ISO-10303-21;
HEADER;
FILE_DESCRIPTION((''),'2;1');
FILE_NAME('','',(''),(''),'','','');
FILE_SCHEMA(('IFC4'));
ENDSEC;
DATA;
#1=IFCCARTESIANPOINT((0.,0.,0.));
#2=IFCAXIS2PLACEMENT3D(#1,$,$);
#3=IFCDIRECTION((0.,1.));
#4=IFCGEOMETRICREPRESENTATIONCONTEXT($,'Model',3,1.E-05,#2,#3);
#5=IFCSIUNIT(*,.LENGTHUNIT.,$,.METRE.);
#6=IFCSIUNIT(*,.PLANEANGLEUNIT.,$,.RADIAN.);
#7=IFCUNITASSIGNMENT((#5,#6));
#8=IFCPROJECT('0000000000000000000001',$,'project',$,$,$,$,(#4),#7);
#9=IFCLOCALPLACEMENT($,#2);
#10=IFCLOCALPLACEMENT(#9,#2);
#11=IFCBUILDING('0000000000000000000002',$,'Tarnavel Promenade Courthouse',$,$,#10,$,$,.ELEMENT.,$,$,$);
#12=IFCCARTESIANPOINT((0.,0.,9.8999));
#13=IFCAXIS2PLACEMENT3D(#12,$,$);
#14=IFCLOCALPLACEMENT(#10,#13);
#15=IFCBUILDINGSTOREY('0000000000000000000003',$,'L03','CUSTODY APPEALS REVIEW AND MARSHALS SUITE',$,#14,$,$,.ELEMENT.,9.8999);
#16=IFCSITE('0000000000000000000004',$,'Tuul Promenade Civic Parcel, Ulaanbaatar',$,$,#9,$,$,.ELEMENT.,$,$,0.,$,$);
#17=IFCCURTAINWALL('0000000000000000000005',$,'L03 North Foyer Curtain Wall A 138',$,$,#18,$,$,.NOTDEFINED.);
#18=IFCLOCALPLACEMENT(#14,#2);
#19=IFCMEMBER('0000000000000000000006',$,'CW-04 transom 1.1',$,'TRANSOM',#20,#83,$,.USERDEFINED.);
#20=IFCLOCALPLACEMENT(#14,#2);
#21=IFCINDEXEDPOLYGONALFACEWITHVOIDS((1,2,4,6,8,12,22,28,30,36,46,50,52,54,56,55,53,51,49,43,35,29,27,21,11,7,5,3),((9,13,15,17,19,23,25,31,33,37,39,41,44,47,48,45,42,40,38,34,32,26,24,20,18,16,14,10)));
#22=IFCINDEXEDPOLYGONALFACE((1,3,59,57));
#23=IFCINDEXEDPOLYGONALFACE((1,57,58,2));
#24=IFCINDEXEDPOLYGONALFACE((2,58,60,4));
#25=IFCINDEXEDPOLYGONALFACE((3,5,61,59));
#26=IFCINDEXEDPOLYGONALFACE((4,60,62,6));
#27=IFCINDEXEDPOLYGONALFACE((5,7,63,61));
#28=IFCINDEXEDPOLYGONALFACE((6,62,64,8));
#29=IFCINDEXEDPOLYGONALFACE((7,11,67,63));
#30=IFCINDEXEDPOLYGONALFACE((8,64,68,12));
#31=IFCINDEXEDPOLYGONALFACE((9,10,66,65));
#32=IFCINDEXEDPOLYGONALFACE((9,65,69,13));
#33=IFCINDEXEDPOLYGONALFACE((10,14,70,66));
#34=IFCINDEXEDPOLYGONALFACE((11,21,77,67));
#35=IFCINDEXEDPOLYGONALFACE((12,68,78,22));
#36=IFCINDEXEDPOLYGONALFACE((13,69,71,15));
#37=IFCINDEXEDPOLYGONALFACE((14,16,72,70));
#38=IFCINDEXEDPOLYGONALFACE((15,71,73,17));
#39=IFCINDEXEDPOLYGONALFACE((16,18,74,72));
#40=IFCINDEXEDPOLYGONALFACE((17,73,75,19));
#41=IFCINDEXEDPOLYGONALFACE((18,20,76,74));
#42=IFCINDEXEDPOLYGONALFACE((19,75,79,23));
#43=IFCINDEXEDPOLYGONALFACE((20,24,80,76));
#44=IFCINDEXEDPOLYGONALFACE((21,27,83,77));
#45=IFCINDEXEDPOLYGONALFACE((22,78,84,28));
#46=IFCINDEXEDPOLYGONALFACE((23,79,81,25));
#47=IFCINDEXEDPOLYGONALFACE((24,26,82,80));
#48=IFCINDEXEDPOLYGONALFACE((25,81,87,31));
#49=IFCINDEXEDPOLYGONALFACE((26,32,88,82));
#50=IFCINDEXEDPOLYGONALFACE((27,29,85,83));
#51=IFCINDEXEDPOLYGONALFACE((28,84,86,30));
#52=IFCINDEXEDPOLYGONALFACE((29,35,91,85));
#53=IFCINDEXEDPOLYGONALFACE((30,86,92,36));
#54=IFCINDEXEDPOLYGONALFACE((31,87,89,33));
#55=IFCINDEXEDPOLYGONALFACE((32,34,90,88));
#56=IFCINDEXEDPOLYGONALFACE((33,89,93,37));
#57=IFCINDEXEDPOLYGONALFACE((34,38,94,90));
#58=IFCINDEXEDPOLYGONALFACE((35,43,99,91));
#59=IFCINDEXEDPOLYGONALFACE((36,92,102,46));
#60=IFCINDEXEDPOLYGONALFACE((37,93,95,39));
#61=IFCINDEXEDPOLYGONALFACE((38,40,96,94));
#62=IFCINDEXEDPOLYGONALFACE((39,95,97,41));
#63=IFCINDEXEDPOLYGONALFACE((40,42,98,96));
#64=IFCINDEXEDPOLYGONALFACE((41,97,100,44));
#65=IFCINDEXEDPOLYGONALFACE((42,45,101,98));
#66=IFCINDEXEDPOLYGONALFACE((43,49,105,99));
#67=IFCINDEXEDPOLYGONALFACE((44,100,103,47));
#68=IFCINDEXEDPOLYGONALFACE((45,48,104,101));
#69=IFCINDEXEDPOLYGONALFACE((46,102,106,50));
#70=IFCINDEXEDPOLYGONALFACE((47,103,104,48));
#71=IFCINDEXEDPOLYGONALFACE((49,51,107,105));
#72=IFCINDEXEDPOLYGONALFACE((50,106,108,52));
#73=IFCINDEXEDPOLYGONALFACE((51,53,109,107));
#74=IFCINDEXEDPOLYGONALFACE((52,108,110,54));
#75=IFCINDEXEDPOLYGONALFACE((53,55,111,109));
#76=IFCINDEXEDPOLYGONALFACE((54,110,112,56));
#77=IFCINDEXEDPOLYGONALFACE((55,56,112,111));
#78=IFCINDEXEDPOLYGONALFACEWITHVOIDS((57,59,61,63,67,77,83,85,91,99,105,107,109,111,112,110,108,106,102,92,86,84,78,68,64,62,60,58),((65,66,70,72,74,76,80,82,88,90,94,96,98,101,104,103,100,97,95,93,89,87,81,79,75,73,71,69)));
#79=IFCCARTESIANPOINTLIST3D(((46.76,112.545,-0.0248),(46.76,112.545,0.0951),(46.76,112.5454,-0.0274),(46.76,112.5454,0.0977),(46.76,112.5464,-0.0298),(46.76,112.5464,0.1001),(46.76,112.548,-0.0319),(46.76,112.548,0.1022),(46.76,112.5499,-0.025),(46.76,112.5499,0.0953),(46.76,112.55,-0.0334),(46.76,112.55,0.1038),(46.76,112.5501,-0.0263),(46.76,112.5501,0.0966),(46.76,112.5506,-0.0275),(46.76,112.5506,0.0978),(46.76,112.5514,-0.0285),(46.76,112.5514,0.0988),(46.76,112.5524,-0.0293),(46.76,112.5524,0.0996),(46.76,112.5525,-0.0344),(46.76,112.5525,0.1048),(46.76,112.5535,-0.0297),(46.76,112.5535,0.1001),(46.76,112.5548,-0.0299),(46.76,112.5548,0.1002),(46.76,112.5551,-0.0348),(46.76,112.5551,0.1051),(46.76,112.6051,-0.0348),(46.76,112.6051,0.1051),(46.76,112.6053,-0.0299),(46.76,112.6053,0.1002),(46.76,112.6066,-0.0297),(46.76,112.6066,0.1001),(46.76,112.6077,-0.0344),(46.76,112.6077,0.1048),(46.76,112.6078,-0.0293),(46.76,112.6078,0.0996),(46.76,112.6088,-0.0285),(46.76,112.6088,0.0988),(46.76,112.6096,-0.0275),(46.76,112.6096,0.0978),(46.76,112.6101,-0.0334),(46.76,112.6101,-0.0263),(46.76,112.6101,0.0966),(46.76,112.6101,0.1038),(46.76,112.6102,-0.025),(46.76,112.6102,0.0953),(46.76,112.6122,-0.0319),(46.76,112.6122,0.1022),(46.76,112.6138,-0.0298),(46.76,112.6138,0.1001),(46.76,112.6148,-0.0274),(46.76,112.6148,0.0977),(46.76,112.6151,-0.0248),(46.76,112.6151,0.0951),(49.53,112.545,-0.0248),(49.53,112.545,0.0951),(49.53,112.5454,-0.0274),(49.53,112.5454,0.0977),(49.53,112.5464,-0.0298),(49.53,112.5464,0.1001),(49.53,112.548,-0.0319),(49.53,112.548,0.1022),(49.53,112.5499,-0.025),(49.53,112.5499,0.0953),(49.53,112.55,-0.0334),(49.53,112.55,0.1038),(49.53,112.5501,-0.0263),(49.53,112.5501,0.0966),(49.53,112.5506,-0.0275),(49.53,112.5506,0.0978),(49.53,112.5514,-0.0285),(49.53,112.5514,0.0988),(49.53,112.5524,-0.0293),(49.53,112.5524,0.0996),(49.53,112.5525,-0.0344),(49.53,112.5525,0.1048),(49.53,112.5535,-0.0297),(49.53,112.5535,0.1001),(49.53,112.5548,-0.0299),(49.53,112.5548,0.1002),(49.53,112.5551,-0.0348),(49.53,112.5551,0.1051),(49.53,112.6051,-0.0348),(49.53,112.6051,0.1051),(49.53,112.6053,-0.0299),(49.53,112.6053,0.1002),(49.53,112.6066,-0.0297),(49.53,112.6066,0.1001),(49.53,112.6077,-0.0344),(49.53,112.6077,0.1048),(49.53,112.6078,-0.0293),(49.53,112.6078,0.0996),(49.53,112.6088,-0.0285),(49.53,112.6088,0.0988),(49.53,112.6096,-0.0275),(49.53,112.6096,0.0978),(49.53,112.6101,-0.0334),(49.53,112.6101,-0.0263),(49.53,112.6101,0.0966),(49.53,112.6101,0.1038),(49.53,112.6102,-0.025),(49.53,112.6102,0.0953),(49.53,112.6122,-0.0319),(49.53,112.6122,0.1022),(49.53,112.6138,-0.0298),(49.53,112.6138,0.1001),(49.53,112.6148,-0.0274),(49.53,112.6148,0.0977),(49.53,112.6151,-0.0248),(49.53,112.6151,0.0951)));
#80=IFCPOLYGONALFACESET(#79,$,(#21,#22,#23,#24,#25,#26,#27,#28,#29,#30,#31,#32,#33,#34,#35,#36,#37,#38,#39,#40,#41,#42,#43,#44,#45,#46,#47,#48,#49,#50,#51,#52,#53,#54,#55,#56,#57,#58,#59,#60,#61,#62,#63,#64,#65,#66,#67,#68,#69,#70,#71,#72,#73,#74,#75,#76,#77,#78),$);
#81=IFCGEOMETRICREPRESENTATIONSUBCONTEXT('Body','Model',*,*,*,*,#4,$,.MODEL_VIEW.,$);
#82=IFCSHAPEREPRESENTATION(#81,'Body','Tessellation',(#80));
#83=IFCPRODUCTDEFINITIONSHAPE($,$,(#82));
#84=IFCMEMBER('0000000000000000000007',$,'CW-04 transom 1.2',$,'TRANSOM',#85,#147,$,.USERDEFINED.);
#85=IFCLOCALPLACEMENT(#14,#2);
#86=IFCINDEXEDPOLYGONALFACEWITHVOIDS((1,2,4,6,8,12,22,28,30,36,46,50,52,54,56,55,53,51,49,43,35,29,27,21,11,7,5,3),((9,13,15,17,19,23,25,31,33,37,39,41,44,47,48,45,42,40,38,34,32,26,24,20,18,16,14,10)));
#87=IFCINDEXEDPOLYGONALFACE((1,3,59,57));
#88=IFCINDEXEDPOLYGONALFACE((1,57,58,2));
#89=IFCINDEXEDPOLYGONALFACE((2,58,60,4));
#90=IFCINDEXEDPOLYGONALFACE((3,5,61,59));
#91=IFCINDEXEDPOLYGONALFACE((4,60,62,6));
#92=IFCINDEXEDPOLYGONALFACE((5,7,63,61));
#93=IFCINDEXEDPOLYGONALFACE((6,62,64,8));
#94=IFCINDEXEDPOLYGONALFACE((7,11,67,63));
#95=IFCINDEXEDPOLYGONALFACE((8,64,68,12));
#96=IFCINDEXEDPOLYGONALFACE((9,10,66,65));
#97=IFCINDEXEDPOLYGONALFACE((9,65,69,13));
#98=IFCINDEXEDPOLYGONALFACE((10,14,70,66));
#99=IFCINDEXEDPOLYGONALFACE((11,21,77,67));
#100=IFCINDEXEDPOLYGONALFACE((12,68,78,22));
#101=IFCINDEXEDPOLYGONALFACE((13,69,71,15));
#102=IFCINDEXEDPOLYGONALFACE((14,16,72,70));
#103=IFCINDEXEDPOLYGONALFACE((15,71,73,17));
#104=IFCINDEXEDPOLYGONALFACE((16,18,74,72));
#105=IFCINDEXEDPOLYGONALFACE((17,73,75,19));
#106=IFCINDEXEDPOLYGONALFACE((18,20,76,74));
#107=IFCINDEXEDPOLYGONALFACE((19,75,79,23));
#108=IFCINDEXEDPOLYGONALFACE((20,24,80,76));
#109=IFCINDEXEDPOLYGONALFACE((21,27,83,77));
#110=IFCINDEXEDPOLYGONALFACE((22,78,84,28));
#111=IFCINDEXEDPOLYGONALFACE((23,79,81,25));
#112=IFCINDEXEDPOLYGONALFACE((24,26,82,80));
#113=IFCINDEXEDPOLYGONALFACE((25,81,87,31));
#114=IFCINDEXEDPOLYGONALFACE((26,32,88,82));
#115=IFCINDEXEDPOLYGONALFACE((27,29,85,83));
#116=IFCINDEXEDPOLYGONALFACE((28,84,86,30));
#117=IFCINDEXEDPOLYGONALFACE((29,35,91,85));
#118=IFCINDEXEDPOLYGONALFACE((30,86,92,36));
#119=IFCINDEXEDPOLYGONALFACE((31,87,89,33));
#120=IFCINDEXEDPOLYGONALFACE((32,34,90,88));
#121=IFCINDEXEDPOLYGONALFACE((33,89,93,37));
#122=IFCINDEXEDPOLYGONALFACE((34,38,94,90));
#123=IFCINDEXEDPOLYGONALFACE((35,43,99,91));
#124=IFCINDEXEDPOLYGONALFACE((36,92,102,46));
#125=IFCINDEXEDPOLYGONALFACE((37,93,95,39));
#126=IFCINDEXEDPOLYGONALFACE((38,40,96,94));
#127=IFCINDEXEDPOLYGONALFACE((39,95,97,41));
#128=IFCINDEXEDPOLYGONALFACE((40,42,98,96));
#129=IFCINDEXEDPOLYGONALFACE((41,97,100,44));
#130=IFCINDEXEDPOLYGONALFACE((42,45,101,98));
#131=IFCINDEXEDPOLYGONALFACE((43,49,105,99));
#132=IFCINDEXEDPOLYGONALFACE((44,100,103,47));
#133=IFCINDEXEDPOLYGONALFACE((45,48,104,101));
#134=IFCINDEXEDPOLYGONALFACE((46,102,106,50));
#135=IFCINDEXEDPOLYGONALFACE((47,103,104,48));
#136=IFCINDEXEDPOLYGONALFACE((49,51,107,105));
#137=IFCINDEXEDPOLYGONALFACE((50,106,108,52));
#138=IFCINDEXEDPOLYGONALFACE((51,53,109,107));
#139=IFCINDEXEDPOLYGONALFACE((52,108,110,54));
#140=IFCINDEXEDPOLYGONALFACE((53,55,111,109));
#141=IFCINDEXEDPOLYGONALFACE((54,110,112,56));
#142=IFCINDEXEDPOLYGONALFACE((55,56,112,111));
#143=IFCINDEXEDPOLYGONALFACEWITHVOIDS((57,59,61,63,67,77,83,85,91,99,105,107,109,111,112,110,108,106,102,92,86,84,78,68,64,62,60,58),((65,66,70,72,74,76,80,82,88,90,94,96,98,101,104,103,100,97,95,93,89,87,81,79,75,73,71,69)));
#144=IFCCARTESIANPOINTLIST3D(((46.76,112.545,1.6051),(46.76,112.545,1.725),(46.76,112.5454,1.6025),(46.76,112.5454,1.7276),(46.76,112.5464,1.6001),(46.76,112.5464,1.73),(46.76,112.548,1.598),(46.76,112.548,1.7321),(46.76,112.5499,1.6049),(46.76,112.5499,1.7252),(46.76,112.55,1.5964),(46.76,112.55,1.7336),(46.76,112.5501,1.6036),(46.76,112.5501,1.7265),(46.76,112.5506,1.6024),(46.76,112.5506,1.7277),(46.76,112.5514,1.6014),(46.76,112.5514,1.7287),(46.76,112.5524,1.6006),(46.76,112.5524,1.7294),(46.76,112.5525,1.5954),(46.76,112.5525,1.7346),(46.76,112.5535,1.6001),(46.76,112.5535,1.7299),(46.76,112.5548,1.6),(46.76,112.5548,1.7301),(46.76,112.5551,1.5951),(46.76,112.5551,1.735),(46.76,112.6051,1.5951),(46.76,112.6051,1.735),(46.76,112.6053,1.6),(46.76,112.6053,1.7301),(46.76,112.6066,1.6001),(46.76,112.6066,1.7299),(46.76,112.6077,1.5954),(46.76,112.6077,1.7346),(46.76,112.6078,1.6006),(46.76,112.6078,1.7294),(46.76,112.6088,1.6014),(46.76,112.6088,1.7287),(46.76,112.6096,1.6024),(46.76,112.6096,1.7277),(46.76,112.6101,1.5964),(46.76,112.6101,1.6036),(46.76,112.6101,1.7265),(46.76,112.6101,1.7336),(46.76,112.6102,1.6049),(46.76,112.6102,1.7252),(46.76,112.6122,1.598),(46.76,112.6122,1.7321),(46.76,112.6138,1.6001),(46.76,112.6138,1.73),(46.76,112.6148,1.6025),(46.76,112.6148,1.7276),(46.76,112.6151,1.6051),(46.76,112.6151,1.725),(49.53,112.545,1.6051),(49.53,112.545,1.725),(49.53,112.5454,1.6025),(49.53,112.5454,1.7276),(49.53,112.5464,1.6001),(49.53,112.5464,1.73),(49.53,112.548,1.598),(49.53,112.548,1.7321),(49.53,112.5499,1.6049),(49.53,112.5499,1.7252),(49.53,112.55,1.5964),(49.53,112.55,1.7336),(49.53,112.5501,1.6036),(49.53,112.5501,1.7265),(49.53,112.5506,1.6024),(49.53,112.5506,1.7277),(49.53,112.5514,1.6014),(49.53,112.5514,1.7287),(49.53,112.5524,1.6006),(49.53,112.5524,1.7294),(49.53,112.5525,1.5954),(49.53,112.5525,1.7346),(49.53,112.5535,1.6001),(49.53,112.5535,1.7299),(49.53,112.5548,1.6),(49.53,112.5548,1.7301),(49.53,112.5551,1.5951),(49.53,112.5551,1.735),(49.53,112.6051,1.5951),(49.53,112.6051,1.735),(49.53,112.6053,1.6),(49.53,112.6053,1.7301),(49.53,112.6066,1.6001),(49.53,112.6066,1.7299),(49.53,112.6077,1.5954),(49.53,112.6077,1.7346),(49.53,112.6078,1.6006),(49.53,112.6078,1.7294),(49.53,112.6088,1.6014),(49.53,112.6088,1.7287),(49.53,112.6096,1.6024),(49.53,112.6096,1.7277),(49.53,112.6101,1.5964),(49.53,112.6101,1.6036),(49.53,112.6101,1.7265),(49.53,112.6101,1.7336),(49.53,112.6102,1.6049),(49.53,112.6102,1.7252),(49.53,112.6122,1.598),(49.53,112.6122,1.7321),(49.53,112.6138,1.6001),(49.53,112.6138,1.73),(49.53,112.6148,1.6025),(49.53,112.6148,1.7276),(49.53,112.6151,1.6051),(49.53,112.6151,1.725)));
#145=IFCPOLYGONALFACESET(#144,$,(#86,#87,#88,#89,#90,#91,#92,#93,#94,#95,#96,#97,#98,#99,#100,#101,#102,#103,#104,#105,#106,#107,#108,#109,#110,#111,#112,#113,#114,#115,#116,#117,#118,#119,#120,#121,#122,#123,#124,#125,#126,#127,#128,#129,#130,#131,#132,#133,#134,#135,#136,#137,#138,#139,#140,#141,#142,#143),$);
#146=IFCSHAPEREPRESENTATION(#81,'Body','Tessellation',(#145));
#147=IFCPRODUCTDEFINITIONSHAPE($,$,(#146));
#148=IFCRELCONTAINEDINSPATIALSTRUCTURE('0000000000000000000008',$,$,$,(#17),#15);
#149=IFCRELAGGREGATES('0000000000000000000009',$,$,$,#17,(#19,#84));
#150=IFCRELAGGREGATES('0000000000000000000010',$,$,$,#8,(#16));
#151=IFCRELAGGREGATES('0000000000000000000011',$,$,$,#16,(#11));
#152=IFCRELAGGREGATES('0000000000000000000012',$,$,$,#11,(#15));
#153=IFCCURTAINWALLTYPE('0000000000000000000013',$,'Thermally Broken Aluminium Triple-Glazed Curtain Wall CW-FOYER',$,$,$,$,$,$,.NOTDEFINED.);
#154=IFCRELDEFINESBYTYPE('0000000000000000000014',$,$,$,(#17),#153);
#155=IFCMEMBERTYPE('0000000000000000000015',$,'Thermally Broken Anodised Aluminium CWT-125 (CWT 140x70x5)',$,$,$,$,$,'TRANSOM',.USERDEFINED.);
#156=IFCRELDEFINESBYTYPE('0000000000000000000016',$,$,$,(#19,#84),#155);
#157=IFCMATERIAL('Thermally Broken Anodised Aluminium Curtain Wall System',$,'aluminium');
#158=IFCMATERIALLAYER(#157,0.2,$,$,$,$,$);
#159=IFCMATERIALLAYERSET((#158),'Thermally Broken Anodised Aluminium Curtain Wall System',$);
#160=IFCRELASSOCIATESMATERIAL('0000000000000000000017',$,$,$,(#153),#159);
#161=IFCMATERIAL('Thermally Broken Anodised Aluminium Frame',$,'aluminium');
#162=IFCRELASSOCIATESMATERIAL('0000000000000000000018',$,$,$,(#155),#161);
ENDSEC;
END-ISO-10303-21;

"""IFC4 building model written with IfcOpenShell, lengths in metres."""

from ifc_helpers import new_model, si_unit, direction, frame, origin, origin_2d, place, context, subcontext, project, spatial, hollow_rectangle, extrude, material, layer, layer_set, material_profile, profile_set, type_object, element, aggregate, save


model = new_model("IFC4")

# Units and contexts
model_context = context("Model", 3, precision=1e-05, world=origin(), true_north=direction((0.0, 1.0)))
body_context = subcontext(model_context, "Body", "Model", "MODEL_VIEW")
ifc_project = project(units=[si_unit("LENGTHUNIT", "METRE"), si_unit("PLANEANGLEUNIT", "RADIAN")], contexts=[model_context])

# Site, building, storey
site_placement = place(None, origin())
site = spatial("IfcSite", under=ifc_project, at=site_placement, Name="Tuul Promenade Civic Parcel, Ulaanbaatar", CompositionType="ELEMENT", RefElevation=0.0)
building_placement = place(site_placement, origin())
building = spatial("IfcBuilding", under=site, at=building_placement, Name="Tarnavel Promenade Courthouse", CompositionType="ELEMENT")
storey_placement = place(building_placement, frame((0.0, 0.0, 9.8999)))
storey = spatial("IfcBuildingStorey", under=building, at=storey_placement, Name="L03", Description="CUSTODY APPEALS REVIEW AND MARSHALS SUITE", CompositionType="ELEMENT", Elevation=9.8999)

# Curtain wall, members
ifc_material_1 = material(Name="Thermally Broken Anodised Aluminium Curtain Wall System", Category="aluminium")
ifc_layer_1 = layer(ifc_material_1, 0.2)
ifc_layer_set_1 = layer_set([ifc_layer_1], Name="Thermally Broken Anodised Aluminium Curtain Wall System")
curtain_wall_type = type_object("IfcCurtainWallType", Name="Thermally Broken Aluminium Triple-Glazed Curtain Wall CW-FOYER", PredefinedType="NOTDEFINED", material=ifc_layer_set_1)
curtain_wall_placement = place(storey_placement, origin())
curtain_wall = element("IfcCurtainWall", 1, at=curtain_wall_placement, inside=storey, type_object=curtain_wall_type, Name="L03 North Foyer Curtain Wall A 138", PredefinedType="NOTDEFINED")
ifc_material_2 = material(Name="Thermally Broken Anodised Aluminium Frame", Category="aluminium")
ifc_material_profile_1 = material_profile(ifc_material_2, hollow_rectangle(XDim=0.0701, YDim=0.1399, WallThickness=0.0049, InnerFilletRadius=0.0049, OuterFilletRadius=0.01, at=origin_2d()), Name="CWT 140x70x5")
ifc_profile_set_1 = profile_set([ifc_material_profile_1], Name="Thermally Broken Anodised Aluminium Frame")
member_type_1 = type_object("IfcMemberType", Name="Thermally Broken Anodised Aluminium CWT-125 (CWT 140x70x5)", ElementType="TRANSOM", PredefinedType="USERDEFINED", material=ifc_profile_set_1)
member_1_placement = place(storey_placement, frame((46.76, 112.5801, 0.0352), z_axis=(1.0, 0.0, 0.0), x_axis=(0.0, 1.0, 0.0)))
member_1 = element("IfcMember", 2, at=member_1_placement, type_object=member_type_1, Name="CW-04 transom 1.1", ObjectType="TRANSOM", PredefinedType="USERDEFINED", context=body_context, shape_type="SweptSolid", body=[
    extrude(hollow_rectangle(XDim=0.0701, YDim=0.1399, WallThickness=0.0049, InnerFilletRadius=0.0049, OuterFilletRadius=0.01, at=origin_2d()), origin(), (0.0, 0.0, 1.0), 2.77),
])
member_2_placement = place(storey_placement, frame((46.76, 112.5801, 1.665), z_axis=(1.0, 0.0, 0.0), x_axis=(0.0, 1.0, 0.0)))
member_2 = element("IfcMember", 3, at=member_2_placement, type_object=member_type_1, Name="CW-04 transom 1.2", ObjectType="TRANSOM", PredefinedType="USERDEFINED", context=body_context, shape_type="SweptSolid", body=[
    extrude(hollow_rectangle(XDim=0.0701, YDim=0.1399, WallThickness=0.0049, InnerFilletRadius=0.0049, OuterFilletRadius=0.01, at=origin_2d()), origin(), (0.0, 0.0, 1.0), 2.77),
])
aggregate(curtain_wall, [member_1, member_2])

save(model, "model.ifc")
